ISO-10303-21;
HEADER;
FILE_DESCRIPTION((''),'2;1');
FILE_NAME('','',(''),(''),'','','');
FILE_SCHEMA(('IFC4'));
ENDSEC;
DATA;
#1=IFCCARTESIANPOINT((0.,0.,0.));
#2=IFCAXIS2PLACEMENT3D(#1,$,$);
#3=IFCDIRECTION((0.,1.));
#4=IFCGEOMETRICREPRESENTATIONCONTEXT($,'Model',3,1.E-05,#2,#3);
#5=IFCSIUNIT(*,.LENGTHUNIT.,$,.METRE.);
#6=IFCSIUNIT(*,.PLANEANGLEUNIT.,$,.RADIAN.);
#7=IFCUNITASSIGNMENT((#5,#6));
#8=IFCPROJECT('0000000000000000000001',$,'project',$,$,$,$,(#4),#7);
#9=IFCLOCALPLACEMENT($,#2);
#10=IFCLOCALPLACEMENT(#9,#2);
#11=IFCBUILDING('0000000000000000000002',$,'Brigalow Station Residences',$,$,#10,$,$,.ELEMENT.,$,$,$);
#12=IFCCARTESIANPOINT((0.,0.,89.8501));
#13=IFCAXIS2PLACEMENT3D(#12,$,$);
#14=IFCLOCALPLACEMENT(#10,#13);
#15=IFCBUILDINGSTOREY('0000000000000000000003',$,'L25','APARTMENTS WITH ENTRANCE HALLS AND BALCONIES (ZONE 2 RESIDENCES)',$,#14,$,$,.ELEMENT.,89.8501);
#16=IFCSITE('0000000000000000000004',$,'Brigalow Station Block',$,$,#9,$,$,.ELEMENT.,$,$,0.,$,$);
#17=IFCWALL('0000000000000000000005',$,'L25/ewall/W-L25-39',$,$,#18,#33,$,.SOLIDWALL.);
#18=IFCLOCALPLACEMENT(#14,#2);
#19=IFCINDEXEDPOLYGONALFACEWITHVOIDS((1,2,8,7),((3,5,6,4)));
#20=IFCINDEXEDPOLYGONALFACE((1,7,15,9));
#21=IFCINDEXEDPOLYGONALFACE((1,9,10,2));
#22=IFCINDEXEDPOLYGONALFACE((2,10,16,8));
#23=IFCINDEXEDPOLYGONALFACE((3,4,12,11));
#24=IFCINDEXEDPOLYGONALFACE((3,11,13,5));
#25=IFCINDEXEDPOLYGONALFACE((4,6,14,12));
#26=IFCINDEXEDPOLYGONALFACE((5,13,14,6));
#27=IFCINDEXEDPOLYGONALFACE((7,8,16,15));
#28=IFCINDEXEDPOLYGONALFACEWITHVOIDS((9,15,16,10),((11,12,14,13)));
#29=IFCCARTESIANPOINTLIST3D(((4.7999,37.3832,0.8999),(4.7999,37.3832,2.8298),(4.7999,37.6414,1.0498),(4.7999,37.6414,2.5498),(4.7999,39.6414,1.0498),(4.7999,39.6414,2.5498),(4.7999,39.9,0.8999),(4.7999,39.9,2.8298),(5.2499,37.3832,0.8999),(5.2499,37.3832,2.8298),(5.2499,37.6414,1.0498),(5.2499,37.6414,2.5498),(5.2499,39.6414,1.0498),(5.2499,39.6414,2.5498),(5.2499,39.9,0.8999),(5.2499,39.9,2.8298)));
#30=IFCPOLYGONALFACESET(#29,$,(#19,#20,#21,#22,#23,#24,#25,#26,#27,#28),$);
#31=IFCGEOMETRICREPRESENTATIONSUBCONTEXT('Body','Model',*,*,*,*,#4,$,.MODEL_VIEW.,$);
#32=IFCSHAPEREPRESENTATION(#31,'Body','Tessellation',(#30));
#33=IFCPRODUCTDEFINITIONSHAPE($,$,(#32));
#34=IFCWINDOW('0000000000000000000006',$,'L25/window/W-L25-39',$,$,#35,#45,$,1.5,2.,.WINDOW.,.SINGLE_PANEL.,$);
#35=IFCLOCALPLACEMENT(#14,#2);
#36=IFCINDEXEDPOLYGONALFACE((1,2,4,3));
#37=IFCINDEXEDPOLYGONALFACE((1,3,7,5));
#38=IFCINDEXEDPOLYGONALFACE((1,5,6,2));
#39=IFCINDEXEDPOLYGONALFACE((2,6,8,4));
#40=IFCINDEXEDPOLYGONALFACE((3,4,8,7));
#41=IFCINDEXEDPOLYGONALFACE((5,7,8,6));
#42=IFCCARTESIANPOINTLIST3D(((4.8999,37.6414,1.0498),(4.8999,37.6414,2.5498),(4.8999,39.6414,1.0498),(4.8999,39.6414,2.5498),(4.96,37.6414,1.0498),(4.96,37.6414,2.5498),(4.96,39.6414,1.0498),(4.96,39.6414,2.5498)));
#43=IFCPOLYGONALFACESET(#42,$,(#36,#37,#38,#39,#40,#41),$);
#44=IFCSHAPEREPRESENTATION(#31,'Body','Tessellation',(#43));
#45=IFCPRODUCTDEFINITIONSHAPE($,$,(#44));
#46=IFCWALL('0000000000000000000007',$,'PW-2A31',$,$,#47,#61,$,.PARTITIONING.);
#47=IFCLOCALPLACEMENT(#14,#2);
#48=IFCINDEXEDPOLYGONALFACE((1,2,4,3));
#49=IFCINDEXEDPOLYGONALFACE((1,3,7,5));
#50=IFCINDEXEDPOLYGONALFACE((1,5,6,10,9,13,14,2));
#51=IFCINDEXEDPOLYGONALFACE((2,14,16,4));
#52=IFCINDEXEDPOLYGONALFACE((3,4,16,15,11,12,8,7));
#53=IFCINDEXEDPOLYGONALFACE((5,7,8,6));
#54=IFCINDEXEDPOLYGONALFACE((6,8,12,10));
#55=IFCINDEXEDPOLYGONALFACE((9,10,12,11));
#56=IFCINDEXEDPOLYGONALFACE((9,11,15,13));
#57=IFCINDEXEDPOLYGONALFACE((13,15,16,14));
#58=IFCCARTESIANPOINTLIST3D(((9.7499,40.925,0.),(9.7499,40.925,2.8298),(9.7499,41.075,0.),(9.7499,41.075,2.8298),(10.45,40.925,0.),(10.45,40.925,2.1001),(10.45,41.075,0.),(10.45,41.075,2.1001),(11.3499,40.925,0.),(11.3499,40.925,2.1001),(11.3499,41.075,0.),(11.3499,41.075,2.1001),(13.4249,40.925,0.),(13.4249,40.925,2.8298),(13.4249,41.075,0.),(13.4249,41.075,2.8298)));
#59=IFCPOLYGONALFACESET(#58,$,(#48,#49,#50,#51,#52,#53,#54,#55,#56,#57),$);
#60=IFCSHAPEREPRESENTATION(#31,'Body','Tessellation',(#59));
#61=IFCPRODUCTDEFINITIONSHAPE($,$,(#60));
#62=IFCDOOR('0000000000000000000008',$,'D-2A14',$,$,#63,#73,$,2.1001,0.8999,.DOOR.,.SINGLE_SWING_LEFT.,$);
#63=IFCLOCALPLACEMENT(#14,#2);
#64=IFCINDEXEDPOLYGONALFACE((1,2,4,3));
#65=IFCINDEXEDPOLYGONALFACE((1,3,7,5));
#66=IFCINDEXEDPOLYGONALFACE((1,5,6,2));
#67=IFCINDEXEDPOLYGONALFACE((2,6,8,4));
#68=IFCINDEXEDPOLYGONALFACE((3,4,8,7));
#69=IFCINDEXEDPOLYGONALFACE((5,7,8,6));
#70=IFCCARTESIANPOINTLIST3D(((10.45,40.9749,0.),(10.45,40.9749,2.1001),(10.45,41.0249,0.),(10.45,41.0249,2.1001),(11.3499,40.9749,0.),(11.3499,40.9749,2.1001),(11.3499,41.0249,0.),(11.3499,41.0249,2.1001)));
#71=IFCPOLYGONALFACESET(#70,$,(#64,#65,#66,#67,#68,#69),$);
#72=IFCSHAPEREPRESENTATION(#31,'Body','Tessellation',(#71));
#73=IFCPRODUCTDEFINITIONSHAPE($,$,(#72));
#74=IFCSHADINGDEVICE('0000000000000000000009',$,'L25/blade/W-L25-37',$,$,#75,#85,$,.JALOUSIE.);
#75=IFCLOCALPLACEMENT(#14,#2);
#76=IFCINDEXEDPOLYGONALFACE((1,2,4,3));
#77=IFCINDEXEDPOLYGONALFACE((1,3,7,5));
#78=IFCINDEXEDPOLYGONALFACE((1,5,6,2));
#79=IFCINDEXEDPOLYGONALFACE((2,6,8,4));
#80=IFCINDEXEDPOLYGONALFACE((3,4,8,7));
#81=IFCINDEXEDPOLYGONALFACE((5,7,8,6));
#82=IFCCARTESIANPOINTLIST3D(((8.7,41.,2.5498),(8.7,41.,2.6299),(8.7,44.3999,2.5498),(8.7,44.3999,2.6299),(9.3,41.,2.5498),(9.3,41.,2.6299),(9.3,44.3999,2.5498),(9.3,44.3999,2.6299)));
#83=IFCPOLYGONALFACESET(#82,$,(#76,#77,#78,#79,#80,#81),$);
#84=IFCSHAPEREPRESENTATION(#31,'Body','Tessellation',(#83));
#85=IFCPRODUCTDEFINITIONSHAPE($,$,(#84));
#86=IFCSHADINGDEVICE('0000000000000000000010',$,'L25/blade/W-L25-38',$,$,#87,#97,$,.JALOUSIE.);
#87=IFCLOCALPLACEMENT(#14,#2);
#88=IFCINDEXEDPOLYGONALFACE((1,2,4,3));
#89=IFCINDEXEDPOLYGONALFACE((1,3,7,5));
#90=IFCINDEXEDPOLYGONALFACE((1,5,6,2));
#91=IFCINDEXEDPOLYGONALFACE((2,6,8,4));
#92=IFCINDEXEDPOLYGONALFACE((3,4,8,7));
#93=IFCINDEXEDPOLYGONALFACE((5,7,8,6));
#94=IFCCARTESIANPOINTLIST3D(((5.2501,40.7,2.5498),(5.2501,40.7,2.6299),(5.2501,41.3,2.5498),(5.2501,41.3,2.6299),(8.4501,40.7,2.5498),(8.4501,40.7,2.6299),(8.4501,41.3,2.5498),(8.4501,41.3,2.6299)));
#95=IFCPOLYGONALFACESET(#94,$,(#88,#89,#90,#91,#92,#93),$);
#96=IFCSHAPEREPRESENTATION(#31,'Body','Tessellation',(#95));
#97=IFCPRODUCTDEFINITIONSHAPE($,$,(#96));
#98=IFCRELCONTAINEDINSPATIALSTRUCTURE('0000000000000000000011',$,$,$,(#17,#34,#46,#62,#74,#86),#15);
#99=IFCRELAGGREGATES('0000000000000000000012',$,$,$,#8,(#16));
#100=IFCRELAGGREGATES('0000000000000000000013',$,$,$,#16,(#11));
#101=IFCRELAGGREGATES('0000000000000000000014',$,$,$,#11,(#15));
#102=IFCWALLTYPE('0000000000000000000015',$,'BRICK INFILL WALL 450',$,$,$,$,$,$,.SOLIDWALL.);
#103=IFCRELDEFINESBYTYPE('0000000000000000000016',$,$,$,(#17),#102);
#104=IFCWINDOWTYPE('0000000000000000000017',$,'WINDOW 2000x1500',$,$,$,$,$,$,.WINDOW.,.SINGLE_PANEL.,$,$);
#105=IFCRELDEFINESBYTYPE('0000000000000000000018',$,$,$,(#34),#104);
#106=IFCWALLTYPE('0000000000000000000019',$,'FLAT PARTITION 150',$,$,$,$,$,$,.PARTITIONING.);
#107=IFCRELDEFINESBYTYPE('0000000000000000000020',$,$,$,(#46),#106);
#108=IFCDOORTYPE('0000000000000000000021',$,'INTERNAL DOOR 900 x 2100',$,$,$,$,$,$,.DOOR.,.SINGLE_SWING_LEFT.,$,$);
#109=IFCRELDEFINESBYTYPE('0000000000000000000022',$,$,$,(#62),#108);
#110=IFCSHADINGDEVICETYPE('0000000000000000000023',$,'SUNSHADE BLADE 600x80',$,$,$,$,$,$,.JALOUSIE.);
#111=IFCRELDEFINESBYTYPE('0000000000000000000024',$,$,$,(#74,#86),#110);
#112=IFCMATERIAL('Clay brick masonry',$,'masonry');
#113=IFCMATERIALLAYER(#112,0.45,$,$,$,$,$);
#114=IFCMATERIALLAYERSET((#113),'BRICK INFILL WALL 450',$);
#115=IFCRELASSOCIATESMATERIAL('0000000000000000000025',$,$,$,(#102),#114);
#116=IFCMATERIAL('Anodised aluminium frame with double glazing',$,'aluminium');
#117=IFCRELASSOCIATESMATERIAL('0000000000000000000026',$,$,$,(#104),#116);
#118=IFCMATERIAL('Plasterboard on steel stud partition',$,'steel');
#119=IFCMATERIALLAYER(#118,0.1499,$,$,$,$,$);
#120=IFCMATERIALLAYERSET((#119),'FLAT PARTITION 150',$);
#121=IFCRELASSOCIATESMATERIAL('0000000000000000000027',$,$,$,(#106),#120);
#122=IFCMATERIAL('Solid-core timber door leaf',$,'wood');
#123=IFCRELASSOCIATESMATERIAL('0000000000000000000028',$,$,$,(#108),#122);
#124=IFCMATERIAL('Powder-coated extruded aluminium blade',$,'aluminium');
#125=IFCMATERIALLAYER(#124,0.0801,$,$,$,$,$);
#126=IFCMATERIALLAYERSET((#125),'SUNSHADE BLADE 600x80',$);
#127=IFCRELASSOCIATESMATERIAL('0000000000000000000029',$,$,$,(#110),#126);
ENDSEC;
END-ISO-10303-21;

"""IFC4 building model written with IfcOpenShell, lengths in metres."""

from ifc_helpers import new_model, si_unit, direction, frame, frame_2d, origin, origin_2d, place, context, subcontext, project, spatial, rectangle, extrude, material, layer, layer_set, type_object, element, fill, save


model = new_model("IFC4")

# Units and contexts
model_context = context("Model", 3, precision=1e-05, world=origin(), true_north=direction((0.0, 1.0)))
body_context = subcontext(model_context, "Body", "Model", "MODEL_VIEW")
ifc_project = project(units=[si_unit("LENGTHUNIT", "METRE"), si_unit("PLANEANGLEUNIT", "RADIAN")], contexts=[model_context])

# Site, building, storey
site_placement = place(None, origin())
site = spatial("IfcSite", under=ifc_project, at=site_placement, Name="Brigalow Station Block", CompositionType="ELEMENT", RefElevation=0.0)
building_placement = place(site_placement, origin())
building = spatial("IfcBuilding", under=site, at=building_placement, Name="Brigalow Station Residences", CompositionType="ELEMENT")
storey_placement = place(building_placement, frame((0.0, 0.0, 89.8501)))
storey = spatial("IfcBuildingStorey", under=building, at=storey_placement, Name="L25", Description="APARTMENTS WITH ENTRANCE HALLS AND BALCONIES (ZONE 2 RESIDENCES)", CompositionType="ELEMENT", Elevation=89.8501)

# Shared definitions
ifc_material_1 = material(Name="Clay brick masonry", Category="masonry")
ifc_layer_1 = layer(ifc_material_1, 0.45)
ifc_layer_set_1 = layer_set([ifc_layer_1], Name="BRICK INFILL WALL 450")
wall_type_1 = type_object("IfcWallType", Name="BRICK INFILL WALL 450", PredefinedType="SOLIDWALL", material=ifc_layer_set_1)

# Wall, opening, window
wall_1_placement = place(storey_placement, frame((5.0249, 39.8999, 0.8999), z_axis=(0.0, 0.0, 1.0), x_axis=(0.0, -1.0, 0.0)))
wall_1 = element("IfcWall", 1, at=wall_1_placement, inside=storey, type_object=wall_type_1, Name="L25/ewall/W-L25-39", PredefinedType="SOLIDWALL", context=body_context, shape_type="SweptSolid", body=[
    extrude(rectangle(XDim=2.5168, YDim=0.45, at=frame_2d((1.2583, 0.0))), origin(), (0.0, 0.0, 1.0), 1.9299),
])
opening_1_placement = place(wall_1_placement, frame((0.2585, 0.0, 0.1499)))
opening_1 = element("IfcOpeningElement", 2, at=opening_1_placement, cuts=wall_1, PredefinedType="OPENING", context=body_context, shape_type="SweptSolid", body=[
    extrude(rectangle(XDim=2.0, YDim=1.5, at=frame_2d((1.0, 0.75))), frame((0.0, 0.2349, 0.0), z_axis=(0.0, -1.0, 0.0), x_axis=(1.0, 0.0, 0.0)), (0.0, 0.0, 1.0), 0.47),
])
ifc_material_2 = material(Name="Anodised aluminium frame with double glazing", Category="aluminium")
window_type_1 = type_object("IfcWindowType", Name="WINDOW 2000x1500", PartitioningType="SINGLE_PANEL", PredefinedType="WINDOW", material=ifc_material_2)
window_1_placement = place(opening_1_placement, origin())
window_1 = element("IfcWindow", 3, at=window_1_placement, inside=storey, type_object=window_type_1, Name="L25/window/W-L25-39", OverallHeight=1.5, OverallWidth=2.0, PartitioningType="SINGLE_PANEL", PredefinedType="WINDOW", context=body_context, shape_type="SweptSolid", body=[
    extrude(rectangle(XDim=2.0, YDim=1.5, at=frame_2d((1.0, 0.75))), frame((0.0, -0.0649, 0.0), z_axis=(0.0, -1.0, 0.0), x_axis=(1.0, 0.0, 0.0)), (0.0, 0.0, 1.0), 0.0601),
])
fill(opening_1, window_1)

# Wall, opening, door
ifc_material_3 = material(Name="Plasterboard on steel stud partition", Category="steel")
ifc_layer_2 = layer(ifc_material_3, 0.1499)
ifc_layer_set_2 = layer_set([ifc_layer_2], Name="FLAT PARTITION 150")
wall_type_2 = type_object("IfcWallType", Name="FLAT PARTITION 150", PredefinedType="PARTITIONING", material=ifc_layer_set_2)
wall_2_placement = place(storey_placement, frame((9.75, 41.0, 0.0), z_axis=(0.0, 0.0, 1.0), x_axis=(1.0, 0.0, 0.0)))
wall_2 = element("IfcWall", 4, at=wall_2_placement, inside=storey, type_object=wall_type_2, Name="PW-2A31", PredefinedType="PARTITIONING", context=body_context, shape_type="SweptSolid", body=[
    extrude(rectangle(XDim=3.675, YDim=0.1499, at=frame_2d((1.8374, 0.0))), origin(), (0.0, 0.0, 1.0), 2.8298),
])
opening_2_placement = place(wall_2_placement, frame((0.7, 0.0, 0.0)))
opening_2 = element("IfcOpeningElement", 5, at=opening_2_placement, cuts=wall_2, PredefinedType="OPENING", context=body_context, shape_type="SweptSolid", body=[
    extrude(rectangle(XDim=0.8999, YDim=2.1001, at=frame_2d((0.45, 1.05))), frame((0.0, 0.085, 0.0), z_axis=(0.0, -1.0, 0.0), x_axis=(1.0, 0.0, 0.0)), (0.0, 0.0, 1.0), 0.1699),
])
ifc_material_4 = material(Name="Solid-core timber door leaf", Category="wood")
door_type_1 = type_object("IfcDoorType", Name="INTERNAL DOOR 900 x 2100", OperationType="SINGLE_SWING_LEFT", PredefinedType="DOOR", material=ifc_material_4)
door_1_placement = place(opening_2_placement, origin())
door_1 = element("IfcDoor", 6, at=door_1_placement, inside=storey, type_object=door_type_1, Name="D-2A14", OperationType="SINGLE_SWING_LEFT", OverallHeight=2.1001, OverallWidth=0.8999, PredefinedType="DOOR", context=body_context, shape_type="SweptSolid", body=[
    extrude(rectangle(XDim=0.8999, YDim=2.1001, at=frame_2d((0.45, 1.05))), frame((0.0, 0.0249, 0.0), z_axis=(0.0, -1.0, 0.0), x_axis=(1.0, 0.0, 0.0)), (0.0, 0.0, 1.0), 0.05),
])
fill(opening_2, door_1)

# Shading devices
ifc_material_5 = material(Name="Powder-coated extruded aluminium blade", Category="aluminium")
ifc_layer_3 = layer(ifc_material_5, 0.0801)
ifc_layer_set_3 = layer_set([ifc_layer_3], Name="SUNSHADE BLADE 600x80")
shading_device_type = type_object("IfcShadingDeviceType", Name="SUNSHADE BLADE 600x80", PredefinedType="JALOUSIE", material=ifc_layer_set_3)
shading_device_1_placement = place(storey_placement, frame((9.0, 42.7, 2.5498), z_axis=(0.0, 0.0, 1.0), x_axis=(0.0, -1.0, 0.0)))
element("IfcShadingDevice", 7, at=shading_device_1_placement, inside=storey, type_object=shading_device_type, Name="L25/blade/W-L25-37", PredefinedType="JALOUSIE", context=body_context, shape_type="SweptSolid", body=[
    extrude(rectangle(XDim=3.3999, YDim=0.6001, at=origin_2d()), origin(), (0.0, 0.0, 1.0), 0.0801),
])
shading_device_2_placement = place(storey_placement, frame((6.8501, 41.0, 2.5498), z_axis=(0.0, 0.0, 1.0), x_axis=(-1.0, 0.0, 0.0)))
element("IfcShadingDevice", 8, at=shading_device_2_placement, inside=storey, type_object=shading_device_type, Name="L25/blade/W-L25-38", PredefinedType="JALOUSIE", context=body_context, shape_type="SweptSolid", body=[
    extrude(rectangle(XDim=3.2, YDim=0.6001, at=origin_2d()), origin(), (0.0, 0.0, 1.0), 0.0801),
])

save(model, "model.ifc")
